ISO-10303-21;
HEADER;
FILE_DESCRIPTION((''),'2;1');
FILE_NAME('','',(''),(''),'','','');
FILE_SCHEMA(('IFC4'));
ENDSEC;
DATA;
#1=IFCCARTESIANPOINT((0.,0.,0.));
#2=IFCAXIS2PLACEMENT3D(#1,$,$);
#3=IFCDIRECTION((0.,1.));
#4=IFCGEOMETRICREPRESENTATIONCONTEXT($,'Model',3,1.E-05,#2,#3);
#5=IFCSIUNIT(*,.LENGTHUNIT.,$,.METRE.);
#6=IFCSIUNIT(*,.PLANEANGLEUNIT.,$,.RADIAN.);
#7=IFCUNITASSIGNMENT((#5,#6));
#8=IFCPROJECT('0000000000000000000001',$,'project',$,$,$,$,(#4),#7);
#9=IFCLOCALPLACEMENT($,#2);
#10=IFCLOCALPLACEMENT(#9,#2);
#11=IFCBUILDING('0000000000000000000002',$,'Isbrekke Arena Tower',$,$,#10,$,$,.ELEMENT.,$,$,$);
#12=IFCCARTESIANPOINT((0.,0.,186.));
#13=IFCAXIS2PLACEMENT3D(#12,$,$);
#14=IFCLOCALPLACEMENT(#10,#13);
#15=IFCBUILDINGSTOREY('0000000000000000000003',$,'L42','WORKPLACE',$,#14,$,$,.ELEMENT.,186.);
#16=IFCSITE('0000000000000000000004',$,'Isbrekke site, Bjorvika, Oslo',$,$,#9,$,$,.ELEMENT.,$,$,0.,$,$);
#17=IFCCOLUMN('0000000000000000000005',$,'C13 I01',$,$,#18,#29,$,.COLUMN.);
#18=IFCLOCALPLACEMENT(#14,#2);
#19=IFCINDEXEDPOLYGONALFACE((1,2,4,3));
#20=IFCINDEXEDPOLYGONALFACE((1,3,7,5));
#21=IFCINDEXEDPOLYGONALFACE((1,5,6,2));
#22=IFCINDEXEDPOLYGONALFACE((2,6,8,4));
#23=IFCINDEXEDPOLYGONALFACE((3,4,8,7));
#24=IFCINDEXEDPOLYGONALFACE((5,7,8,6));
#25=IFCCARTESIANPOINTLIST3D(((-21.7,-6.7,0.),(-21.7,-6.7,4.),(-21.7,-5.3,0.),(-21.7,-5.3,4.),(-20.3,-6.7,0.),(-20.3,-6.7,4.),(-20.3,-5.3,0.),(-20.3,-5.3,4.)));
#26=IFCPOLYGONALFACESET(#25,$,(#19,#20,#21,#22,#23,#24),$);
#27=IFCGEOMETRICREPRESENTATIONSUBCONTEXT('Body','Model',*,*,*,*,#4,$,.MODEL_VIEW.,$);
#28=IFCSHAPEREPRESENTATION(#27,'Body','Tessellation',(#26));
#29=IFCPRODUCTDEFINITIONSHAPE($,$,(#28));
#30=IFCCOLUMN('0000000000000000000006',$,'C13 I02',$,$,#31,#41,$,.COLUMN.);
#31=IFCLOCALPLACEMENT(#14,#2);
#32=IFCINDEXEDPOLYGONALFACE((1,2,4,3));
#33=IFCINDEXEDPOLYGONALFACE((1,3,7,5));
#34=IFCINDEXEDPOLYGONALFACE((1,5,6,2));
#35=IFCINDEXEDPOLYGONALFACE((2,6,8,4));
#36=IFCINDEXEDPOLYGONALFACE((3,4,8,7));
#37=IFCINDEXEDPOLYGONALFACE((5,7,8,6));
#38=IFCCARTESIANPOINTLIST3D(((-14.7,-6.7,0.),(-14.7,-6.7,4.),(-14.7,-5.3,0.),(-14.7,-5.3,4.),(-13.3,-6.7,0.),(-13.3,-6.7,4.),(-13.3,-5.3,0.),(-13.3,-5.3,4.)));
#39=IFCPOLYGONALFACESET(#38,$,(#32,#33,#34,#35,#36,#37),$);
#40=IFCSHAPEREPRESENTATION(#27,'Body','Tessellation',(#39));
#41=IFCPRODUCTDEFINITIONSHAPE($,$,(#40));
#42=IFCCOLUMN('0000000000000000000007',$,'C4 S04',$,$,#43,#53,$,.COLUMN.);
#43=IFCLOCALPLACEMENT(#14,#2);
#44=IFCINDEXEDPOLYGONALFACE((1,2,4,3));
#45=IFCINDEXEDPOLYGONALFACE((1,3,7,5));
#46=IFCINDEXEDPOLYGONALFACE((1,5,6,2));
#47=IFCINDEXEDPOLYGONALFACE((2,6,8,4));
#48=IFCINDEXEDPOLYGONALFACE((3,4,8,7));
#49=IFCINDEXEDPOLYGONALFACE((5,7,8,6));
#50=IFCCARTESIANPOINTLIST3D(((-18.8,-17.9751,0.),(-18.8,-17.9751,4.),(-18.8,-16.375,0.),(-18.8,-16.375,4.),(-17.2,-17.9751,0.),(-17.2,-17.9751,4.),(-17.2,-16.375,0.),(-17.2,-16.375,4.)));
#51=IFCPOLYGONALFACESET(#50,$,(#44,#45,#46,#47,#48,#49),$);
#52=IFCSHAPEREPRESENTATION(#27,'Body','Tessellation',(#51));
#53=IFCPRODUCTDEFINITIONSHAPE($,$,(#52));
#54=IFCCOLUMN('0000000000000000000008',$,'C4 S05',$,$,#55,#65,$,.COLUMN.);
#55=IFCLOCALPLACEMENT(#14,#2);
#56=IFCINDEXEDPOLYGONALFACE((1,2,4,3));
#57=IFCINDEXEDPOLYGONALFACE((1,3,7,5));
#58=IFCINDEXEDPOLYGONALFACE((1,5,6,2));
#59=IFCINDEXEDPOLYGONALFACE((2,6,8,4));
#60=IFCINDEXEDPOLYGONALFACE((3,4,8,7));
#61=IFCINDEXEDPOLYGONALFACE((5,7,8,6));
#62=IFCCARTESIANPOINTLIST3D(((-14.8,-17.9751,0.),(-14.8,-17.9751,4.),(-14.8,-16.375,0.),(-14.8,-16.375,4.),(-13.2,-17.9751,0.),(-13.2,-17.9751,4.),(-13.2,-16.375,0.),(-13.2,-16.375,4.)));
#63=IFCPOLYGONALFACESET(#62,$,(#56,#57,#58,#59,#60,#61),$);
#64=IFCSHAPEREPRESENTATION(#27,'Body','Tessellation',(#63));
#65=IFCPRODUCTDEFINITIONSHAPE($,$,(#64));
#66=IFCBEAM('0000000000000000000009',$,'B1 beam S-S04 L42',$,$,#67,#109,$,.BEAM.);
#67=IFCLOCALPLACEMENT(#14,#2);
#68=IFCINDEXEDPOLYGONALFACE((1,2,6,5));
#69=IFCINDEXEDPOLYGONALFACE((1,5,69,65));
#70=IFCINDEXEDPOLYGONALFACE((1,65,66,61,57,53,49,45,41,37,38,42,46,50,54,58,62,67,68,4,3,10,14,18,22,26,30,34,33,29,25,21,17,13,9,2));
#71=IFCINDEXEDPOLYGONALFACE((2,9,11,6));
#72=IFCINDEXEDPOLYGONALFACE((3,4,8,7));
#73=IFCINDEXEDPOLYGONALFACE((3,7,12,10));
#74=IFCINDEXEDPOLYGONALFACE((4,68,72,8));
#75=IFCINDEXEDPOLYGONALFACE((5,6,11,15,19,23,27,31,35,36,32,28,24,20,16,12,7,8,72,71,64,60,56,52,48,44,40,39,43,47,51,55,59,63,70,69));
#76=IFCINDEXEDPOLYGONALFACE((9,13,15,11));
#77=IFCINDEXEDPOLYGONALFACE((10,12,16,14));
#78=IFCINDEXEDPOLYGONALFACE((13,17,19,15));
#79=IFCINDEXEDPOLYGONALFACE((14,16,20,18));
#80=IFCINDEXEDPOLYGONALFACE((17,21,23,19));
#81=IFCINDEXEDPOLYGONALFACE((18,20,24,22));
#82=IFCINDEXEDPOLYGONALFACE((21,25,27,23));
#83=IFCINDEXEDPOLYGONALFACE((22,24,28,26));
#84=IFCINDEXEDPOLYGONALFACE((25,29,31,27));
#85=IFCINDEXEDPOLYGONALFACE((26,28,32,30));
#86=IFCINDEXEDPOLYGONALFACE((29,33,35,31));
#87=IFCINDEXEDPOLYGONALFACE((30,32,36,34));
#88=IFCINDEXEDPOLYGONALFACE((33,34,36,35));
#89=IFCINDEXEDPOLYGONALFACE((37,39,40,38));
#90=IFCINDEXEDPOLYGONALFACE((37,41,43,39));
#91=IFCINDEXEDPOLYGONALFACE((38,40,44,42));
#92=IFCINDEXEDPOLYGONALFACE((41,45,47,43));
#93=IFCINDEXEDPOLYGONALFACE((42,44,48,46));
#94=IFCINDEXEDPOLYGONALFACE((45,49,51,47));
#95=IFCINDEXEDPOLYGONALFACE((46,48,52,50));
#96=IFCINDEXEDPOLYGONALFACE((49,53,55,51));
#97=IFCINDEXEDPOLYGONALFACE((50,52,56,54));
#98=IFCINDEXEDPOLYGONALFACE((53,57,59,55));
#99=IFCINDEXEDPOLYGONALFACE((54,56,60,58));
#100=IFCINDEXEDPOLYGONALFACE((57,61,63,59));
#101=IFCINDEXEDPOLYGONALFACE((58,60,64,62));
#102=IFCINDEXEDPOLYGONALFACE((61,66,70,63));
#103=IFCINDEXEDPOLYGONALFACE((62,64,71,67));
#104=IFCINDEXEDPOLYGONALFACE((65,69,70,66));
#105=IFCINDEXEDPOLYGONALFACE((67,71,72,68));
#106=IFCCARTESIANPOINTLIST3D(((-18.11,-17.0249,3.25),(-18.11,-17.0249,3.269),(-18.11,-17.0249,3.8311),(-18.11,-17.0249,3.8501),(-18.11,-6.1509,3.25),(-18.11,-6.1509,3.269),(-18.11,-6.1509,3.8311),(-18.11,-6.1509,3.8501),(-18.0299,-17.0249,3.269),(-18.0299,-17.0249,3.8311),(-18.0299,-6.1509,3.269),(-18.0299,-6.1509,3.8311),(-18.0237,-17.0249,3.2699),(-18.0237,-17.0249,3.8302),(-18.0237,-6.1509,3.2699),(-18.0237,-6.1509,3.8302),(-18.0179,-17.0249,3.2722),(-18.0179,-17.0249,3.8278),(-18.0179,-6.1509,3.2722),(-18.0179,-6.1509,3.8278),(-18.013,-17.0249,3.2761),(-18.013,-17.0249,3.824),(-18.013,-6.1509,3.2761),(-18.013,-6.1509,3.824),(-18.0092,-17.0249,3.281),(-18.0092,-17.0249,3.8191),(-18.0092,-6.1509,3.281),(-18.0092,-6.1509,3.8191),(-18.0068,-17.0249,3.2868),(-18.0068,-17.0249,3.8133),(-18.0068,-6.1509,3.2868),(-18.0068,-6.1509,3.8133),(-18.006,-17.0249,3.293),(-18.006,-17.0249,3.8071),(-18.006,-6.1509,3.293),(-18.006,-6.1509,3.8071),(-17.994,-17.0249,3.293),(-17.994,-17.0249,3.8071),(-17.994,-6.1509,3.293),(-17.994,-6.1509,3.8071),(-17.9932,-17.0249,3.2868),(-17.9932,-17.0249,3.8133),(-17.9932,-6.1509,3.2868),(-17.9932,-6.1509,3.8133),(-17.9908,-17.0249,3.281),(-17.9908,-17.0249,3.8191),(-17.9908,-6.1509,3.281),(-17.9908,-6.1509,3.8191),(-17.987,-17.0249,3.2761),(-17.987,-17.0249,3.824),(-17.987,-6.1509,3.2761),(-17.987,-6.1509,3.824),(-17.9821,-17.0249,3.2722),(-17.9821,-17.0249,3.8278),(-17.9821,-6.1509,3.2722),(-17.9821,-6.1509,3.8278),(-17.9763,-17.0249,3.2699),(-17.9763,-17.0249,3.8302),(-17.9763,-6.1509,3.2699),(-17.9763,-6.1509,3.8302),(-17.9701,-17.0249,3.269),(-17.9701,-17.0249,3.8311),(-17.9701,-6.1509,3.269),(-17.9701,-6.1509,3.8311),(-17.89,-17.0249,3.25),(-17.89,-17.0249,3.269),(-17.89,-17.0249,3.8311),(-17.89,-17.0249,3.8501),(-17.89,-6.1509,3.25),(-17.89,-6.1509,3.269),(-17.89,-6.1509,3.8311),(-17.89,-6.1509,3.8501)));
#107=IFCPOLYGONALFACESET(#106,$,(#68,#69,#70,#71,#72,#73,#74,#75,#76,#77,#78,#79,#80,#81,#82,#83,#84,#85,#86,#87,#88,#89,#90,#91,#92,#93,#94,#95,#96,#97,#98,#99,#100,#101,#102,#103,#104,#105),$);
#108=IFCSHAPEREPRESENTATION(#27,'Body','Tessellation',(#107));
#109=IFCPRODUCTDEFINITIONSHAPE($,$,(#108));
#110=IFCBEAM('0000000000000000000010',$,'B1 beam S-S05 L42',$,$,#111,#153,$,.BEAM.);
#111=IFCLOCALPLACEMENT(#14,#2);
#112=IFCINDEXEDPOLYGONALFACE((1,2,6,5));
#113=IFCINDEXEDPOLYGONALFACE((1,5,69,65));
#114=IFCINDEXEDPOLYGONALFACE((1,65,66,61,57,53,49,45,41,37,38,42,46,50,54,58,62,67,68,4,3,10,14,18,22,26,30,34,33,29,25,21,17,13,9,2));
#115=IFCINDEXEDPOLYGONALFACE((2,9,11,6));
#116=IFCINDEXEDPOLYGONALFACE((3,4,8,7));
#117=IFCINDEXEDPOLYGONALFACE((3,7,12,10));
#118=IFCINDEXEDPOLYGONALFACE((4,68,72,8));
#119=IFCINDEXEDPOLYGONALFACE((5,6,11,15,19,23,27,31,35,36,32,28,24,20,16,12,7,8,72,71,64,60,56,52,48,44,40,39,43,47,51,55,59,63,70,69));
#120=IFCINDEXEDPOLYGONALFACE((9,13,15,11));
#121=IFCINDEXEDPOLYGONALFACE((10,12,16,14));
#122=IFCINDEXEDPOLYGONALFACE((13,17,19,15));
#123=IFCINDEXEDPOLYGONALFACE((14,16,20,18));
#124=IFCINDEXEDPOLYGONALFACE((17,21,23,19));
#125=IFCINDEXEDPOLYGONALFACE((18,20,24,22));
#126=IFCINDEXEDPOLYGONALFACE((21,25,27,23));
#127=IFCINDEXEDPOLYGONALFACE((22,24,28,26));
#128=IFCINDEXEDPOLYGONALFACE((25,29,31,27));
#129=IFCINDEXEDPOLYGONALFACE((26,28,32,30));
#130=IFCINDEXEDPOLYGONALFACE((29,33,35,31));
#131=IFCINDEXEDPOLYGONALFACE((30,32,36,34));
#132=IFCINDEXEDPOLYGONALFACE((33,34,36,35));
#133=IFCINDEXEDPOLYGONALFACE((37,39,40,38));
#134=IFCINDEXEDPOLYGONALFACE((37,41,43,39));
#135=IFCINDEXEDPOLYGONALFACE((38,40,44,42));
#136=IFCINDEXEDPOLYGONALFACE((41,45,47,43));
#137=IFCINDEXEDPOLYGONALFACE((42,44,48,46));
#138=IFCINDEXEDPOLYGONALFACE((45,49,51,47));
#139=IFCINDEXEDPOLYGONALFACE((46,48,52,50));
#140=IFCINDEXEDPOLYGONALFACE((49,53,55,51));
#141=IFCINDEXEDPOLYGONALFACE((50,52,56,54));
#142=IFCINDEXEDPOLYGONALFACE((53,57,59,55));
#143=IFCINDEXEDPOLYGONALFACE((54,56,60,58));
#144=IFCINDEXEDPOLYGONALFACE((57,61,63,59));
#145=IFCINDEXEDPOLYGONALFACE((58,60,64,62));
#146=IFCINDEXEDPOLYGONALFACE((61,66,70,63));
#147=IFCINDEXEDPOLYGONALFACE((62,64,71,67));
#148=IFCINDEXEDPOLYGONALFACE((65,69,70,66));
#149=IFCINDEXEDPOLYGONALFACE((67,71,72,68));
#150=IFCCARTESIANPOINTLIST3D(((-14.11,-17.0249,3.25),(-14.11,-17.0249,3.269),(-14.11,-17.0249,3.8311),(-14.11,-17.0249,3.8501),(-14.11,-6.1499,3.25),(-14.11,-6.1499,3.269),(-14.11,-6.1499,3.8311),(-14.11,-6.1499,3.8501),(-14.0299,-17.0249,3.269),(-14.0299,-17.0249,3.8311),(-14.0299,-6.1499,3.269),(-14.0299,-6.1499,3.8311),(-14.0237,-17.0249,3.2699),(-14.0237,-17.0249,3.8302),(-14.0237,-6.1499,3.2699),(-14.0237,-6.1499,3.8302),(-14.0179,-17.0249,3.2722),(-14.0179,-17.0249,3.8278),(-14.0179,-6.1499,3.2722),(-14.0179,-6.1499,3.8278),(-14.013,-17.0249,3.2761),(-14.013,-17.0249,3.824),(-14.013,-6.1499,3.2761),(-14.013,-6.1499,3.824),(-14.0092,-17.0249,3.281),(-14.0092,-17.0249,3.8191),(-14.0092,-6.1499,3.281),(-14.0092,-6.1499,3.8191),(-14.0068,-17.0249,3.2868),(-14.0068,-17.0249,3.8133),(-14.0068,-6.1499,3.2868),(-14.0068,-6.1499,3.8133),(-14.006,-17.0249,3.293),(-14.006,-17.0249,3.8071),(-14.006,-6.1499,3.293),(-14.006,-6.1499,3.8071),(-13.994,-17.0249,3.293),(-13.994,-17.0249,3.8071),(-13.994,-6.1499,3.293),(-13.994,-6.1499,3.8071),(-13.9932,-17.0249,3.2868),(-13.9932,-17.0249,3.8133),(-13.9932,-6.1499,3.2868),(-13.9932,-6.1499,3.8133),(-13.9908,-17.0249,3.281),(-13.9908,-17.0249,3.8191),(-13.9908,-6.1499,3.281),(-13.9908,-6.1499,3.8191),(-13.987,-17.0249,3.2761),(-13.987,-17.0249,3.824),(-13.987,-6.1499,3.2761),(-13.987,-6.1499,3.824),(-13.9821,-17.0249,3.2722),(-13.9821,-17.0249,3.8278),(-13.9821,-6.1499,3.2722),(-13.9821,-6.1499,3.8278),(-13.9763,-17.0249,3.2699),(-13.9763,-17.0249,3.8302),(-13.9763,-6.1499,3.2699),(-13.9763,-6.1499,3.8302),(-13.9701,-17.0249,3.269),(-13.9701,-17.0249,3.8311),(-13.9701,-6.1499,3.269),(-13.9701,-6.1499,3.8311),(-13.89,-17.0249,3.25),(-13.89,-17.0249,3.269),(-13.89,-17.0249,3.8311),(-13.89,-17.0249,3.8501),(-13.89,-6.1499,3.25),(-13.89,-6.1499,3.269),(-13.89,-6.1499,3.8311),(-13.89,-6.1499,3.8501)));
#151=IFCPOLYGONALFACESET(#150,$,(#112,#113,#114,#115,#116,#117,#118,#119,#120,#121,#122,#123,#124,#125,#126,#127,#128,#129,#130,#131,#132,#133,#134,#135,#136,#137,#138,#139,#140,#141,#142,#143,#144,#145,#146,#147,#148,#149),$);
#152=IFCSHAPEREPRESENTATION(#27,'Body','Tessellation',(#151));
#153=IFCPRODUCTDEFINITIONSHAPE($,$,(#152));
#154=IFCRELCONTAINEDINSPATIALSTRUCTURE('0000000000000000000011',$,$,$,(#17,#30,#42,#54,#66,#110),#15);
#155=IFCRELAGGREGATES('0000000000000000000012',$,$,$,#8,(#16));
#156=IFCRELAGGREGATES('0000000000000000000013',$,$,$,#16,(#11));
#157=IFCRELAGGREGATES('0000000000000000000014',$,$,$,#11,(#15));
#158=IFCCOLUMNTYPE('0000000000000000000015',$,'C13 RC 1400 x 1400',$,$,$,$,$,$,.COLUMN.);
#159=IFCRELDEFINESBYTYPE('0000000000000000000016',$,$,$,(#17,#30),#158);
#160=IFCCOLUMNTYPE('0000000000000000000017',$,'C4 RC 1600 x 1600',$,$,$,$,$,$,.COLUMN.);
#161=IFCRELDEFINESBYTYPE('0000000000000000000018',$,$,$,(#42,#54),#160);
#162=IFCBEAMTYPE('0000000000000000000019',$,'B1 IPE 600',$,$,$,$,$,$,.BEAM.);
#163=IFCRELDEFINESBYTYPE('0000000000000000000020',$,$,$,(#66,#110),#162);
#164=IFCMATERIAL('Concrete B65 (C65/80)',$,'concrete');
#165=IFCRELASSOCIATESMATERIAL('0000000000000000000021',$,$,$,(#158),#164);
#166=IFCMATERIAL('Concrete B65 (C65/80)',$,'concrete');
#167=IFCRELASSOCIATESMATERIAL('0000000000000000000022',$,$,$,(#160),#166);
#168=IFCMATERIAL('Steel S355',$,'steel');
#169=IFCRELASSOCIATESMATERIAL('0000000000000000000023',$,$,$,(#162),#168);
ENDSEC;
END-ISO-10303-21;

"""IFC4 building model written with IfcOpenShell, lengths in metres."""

from ifc_helpers import new_model, si_unit, direction, frame, origin, origin_2d, place, context, subcontext, project, spatial, rectangle, i_section, extrude, material, material_profile, profile_set, type_object, element, save


model = new_model("IFC4")

# Units and contexts
model_context = context("Model", 3, precision=1e-05, world=origin(), true_north=direction((0.0, 1.0)))
body_context = subcontext(model_context, "Body", "Model", "MODEL_VIEW")
ifc_project = project(units=[si_unit("LENGTHUNIT", "METRE"), si_unit("PLANEANGLEUNIT", "RADIAN")], contexts=[model_context])

# Site, building, storey
site_placement = place(None, origin())
site = spatial("IfcSite", under=ifc_project, at=site_placement, Name="Isbrekke site, Bjorvika, Oslo", CompositionType="ELEMENT", RefElevation=0.0)
building_placement = place(site_placement, origin())
building = spatial("IfcBuilding", under=site, at=building_placement, Name="Isbrekke Arena Tower", CompositionType="ELEMENT")
storey_placement = place(building_placement, frame((0.0, 0.0, 186.0)))
storey = spatial("IfcBuildingStorey", under=building, at=storey_placement, Name="L42", Description="WORKPLACE", CompositionType="ELEMENT", Elevation=186.0)

# Columns
ifc_material_1 = material(Name="Concrete B65 (C65/80)", Category="concrete")
ifc_material_profile_1 = material_profile(ifc_material_1, rectangle(XDim=1.3999, YDim=1.3999, at=origin_2d()), Name="RC 1400x1400")
ifc_profile_set_1 = profile_set([ifc_material_profile_1], Name="Concrete B65 (C65/80)")
column_type_1 = type_object("IfcColumnType", Name="C13 RC 1400 x 1400", PredefinedType="COLUMN", material=ifc_profile_set_1)
for number, where, z_axis, x_axis, name in (
    (1, (-21.0, -6.0, 0.0), (0.0, 0.0, 1.0), (1.0, 0.0, 0.0), "C13 I01"),
    (2, (-14.0, -6.0, 0.0), (0.0, 0.0, 1.0), (1.0, 0.0, 0.0), "C13 I02"),
):
    element("IfcColumn", number, at=place(storey_placement, frame(where, z_axis=z_axis, x_axis=x_axis)), inside=storey, type_object=column_type_1, Name=name, PredefinedType="COLUMN", context=body_context, shape_type="SweptSolid", body=[
        extrude(rectangle(XDim=1.3999, YDim=1.3999, at=origin_2d()), origin(), (0.0, 0.0, 1.0), 4.0),
    ])
ifc_material_2 = material(Name="Concrete B65 (C65/80)", Category="concrete")
ifc_material_profile_2 = material_profile(ifc_material_2, rectangle(XDim=1.6001, YDim=1.6001, at=origin_2d()), Name="RC 1600x1600")
ifc_profile_set_2 = profile_set([ifc_material_profile_2], Name="Concrete B65 (C65/80)")
column_type_2 = type_object("IfcColumnType", Name="C4 RC 1600 x 1600", PredefinedType="COLUMN", material=ifc_profile_set_2)
for number, where, z_axis, x_axis, name in (
    (3, (-18.0, -17.175, 0.0), (0.0, 0.0, 1.0), (1.0, 0.0, 0.0), "C4 S04"),
    (4, (-14.0, -17.175, 0.0), (0.0, 0.0, 1.0), (1.0, 0.0, 0.0), "C4 S05"),
):
    element("IfcColumn", number, at=place(storey_placement, frame(where, z_axis=z_axis, x_axis=x_axis)), inside=storey, type_object=column_type_2, Name=name, PredefinedType="COLUMN", context=body_context, shape_type="SweptSolid", body=[
        extrude(rectangle(XDim=1.6001, YDim=1.6001, at=origin_2d()), origin(), (0.0, 0.0, 1.0), 4.0),
    ])

# Beams
ifc_material_3 = material(Name="Steel S355", Category="steel")
ifc_material_profile_3 = material_profile(ifc_material_3, i_section(OverallWidth=0.22, OverallDepth=0.6001, WebThickness=0.012, FlangeThickness=0.019, FilletRadius=0.0239, at=origin_2d()), Name="IPE 600")
ifc_profile_set_3 = profile_set([ifc_material_profile_3], Name="Steel S355")
beam_type_1 = type_object("IfcBeamType", Name="B1 IPE 600", PredefinedType="BEAM", material=ifc_profile_set_3)
beam_1_placement = place(storey_placement, frame((-18.0, -17.0249, 3.55), z_axis=(0.0, 1.0, 0.0), x_axis=(-1.0, 0.0, 0.0)))
element("IfcBeam", 5, at=beam_1_placement, inside=storey, type_object=beam_type_1, Name="B1 beam S-S04 L42", PredefinedType="BEAM", context=body_context, shape_type="SweptSolid", body=[
    extrude(i_section(OverallWidth=0.22, OverallDepth=0.6001, WebThickness=0.012, FlangeThickness=0.019, FilletRadius=0.0239, at=origin_2d()), origin(), (0.0, 0.0, 1.0), 10.874),
])
beam_2_placement = place(storey_placement, frame((-14.0, -17.0249, 3.55), z_axis=(0.0, 1.0, 0.0), x_axis=(-1.0, 0.0, 0.0)))
element("IfcBeam", 6, at=beam_2_placement, inside=storey, type_object=beam_type_1, Name="B1 beam S-S05 L42", PredefinedType="BEAM", context=body_context, shape_type="SweptSolid", body=[
    extrude(i_section(OverallWidth=0.22, OverallDepth=0.6001, WebThickness=0.012, FlangeThickness=0.019, FilletRadius=0.0239, at=origin_2d()), origin(), (0.0, 0.0, 1.0), 10.875),
])

save(model, "model.ifc")
